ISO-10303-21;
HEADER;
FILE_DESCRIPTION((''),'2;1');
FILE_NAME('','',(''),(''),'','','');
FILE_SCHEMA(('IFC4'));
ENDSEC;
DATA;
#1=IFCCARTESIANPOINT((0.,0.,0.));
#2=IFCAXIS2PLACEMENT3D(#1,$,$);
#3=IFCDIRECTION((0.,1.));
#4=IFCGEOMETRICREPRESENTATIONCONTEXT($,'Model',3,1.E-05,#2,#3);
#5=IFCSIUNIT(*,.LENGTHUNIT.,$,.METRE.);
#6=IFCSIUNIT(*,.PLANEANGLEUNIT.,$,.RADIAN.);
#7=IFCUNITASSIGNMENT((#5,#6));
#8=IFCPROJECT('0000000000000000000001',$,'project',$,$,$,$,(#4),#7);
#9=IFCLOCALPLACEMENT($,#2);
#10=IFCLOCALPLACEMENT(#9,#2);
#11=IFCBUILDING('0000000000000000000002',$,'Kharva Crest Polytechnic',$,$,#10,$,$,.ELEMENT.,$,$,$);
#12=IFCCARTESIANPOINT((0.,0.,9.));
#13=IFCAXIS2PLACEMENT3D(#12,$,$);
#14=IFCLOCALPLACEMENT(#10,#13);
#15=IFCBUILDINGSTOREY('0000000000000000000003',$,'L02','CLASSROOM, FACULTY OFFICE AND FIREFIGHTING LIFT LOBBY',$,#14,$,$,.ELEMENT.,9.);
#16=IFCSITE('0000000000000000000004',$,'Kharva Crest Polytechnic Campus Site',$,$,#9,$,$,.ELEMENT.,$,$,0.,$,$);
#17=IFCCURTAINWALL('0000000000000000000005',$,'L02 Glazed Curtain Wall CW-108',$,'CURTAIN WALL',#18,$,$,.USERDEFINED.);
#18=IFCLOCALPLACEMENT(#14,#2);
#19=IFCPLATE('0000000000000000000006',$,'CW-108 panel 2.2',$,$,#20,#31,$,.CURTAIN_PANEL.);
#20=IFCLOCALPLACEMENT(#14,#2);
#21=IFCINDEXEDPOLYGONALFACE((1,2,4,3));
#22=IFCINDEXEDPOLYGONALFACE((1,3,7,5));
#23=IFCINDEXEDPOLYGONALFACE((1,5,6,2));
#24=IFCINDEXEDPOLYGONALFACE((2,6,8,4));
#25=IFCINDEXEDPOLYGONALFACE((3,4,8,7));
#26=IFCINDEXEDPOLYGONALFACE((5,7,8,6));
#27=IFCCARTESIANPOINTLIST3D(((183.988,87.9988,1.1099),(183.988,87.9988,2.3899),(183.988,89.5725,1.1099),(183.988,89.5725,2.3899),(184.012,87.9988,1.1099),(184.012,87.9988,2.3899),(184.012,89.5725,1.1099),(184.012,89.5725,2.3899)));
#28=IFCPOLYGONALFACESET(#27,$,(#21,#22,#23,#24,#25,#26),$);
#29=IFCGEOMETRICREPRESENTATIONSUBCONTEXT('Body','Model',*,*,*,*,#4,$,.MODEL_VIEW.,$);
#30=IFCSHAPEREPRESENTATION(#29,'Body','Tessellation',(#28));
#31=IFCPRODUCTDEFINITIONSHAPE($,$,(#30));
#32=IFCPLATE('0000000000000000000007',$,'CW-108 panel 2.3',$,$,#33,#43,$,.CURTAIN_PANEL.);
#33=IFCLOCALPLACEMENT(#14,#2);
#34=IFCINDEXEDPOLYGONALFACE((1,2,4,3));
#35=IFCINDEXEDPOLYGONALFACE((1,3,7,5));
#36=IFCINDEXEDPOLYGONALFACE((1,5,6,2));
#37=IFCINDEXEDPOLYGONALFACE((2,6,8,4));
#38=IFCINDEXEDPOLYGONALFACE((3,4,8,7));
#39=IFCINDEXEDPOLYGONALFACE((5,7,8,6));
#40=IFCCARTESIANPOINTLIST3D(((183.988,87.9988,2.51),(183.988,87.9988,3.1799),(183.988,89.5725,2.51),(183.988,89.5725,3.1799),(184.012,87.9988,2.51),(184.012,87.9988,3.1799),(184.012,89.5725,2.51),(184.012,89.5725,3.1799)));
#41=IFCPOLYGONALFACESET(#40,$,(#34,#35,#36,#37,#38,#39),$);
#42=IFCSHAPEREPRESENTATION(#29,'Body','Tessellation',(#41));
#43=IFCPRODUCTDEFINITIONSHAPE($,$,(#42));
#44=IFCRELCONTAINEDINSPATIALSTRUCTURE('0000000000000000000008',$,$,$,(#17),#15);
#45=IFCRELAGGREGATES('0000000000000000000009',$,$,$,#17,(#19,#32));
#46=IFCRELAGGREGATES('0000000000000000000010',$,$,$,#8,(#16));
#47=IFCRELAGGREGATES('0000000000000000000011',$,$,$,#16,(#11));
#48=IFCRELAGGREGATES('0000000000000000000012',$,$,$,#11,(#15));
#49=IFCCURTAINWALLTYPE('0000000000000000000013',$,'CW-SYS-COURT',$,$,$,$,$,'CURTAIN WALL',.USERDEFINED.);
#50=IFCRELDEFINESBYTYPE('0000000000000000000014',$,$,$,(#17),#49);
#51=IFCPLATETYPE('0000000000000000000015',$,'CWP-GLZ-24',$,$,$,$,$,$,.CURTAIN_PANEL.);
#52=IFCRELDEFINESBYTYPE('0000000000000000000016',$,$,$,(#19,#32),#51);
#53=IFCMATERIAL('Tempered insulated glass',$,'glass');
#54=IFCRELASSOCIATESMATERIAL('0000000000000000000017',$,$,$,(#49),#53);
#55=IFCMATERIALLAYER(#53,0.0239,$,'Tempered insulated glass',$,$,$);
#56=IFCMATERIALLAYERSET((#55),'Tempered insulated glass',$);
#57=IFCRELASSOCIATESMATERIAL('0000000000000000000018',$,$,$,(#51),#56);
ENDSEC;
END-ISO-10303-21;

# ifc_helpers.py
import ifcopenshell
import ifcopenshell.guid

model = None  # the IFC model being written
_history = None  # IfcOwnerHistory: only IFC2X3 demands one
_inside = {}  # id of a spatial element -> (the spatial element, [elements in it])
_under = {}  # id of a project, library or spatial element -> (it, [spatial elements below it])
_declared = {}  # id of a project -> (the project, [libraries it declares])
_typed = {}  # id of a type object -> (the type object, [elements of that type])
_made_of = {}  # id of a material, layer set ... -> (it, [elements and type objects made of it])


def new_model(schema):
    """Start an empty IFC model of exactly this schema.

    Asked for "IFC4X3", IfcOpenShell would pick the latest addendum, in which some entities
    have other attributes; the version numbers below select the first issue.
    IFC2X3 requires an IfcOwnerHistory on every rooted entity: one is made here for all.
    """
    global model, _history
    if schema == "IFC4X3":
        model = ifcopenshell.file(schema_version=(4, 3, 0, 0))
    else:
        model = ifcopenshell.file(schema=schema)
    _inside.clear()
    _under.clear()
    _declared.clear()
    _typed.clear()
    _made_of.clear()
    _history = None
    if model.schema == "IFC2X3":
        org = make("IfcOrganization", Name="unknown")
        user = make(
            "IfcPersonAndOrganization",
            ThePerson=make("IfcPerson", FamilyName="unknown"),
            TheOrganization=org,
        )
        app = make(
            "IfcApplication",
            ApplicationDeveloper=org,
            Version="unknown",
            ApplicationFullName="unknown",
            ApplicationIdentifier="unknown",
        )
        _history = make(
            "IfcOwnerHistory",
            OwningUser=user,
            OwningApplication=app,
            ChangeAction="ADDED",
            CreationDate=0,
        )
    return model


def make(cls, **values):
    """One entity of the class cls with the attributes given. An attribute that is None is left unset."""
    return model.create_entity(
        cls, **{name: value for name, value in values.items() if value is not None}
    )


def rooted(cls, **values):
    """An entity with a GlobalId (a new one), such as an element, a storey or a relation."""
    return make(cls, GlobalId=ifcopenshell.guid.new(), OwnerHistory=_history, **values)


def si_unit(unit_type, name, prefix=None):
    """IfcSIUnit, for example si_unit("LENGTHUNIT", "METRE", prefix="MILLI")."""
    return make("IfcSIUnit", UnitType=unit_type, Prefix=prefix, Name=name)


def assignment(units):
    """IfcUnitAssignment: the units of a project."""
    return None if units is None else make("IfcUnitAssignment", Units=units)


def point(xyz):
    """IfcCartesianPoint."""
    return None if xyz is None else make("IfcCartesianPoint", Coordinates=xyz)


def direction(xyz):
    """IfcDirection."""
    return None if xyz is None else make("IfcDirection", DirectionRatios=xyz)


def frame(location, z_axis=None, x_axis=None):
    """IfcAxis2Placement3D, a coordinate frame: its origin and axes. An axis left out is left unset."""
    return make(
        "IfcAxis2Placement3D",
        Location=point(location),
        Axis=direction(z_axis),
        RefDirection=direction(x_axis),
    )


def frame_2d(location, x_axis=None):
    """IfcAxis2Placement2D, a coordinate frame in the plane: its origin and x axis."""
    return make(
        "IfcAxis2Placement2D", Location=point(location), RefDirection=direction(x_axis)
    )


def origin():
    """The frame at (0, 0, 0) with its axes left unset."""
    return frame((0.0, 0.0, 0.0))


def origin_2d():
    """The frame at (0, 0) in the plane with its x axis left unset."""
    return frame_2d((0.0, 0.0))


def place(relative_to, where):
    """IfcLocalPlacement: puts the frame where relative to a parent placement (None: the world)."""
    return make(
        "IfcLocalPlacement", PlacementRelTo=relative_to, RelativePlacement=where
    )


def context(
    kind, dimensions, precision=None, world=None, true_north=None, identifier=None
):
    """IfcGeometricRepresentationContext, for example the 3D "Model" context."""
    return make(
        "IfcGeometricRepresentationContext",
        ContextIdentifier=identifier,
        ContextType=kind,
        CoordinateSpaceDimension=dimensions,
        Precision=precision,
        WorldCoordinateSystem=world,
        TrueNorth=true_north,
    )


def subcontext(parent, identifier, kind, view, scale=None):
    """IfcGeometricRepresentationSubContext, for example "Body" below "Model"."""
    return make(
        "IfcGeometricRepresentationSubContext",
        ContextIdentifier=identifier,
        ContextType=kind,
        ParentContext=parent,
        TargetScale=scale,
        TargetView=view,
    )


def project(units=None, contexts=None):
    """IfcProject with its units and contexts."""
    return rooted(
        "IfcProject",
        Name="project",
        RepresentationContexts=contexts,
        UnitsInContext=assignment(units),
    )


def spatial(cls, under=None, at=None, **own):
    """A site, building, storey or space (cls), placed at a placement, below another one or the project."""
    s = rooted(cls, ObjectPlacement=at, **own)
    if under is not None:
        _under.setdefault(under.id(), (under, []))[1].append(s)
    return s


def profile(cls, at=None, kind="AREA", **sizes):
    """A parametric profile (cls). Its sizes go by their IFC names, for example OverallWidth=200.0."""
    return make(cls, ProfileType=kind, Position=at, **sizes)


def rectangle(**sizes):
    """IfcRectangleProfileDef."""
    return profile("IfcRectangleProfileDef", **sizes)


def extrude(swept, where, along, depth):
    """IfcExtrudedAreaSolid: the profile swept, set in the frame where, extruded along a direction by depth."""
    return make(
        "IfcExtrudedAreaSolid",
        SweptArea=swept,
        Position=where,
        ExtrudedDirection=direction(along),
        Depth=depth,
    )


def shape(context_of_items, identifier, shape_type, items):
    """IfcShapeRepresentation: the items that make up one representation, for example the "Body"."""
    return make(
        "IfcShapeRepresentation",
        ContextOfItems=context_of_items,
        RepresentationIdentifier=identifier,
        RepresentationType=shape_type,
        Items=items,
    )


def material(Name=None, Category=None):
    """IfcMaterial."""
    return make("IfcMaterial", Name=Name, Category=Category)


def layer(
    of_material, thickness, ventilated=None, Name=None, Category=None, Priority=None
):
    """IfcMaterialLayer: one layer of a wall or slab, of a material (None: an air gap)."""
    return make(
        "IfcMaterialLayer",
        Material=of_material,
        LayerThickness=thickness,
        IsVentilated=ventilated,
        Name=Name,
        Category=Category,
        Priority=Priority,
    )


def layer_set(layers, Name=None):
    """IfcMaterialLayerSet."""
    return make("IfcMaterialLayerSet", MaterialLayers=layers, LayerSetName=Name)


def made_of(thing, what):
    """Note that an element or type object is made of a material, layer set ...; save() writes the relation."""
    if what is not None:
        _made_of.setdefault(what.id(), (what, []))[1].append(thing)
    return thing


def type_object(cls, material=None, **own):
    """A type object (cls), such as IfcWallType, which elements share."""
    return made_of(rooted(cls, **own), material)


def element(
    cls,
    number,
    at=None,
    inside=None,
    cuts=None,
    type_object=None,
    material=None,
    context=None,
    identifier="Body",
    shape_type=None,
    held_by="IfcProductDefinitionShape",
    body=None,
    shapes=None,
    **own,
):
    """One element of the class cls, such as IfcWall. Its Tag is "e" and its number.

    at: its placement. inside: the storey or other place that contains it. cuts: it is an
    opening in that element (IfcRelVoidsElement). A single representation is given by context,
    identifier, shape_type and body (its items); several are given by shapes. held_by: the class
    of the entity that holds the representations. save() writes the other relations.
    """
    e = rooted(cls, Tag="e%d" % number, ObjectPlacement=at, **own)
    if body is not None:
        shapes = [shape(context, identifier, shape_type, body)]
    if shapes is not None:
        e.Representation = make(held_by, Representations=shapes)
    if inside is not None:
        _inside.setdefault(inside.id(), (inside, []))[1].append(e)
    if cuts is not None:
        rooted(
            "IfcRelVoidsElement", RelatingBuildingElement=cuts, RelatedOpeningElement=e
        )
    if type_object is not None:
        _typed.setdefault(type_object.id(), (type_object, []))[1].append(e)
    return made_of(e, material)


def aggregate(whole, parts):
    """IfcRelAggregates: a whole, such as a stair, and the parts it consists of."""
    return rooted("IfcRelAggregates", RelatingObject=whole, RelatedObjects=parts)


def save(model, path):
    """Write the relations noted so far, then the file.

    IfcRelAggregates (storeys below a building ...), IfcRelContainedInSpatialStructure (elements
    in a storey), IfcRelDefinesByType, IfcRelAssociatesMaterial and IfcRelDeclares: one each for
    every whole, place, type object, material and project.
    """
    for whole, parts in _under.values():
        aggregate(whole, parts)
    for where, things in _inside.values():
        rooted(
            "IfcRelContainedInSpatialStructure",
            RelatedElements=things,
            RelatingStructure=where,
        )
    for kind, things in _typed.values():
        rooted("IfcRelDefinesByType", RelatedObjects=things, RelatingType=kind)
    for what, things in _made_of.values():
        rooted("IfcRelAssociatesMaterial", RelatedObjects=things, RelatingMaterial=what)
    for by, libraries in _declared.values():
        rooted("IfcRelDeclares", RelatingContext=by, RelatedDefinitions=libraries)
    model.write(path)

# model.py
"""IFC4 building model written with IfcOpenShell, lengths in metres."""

from ifc_helpers import new_model, si_unit, direction, frame, origin, origin_2d, place, context, subcontext, project, spatial, rectangle, extrude, material, layer, layer_set, type_object, element, aggregate, save


model = new_model("IFC4")

# Units and contexts
model_context = context("Model", 3, precision=1e-05, world=origin(), true_north=direction((0.0, 1.0)))
body_context = subcontext(model_context, "Body", "Model", "MODEL_VIEW")
ifc_project = project(units=[si_unit("LENGTHUNIT", "METRE"), si_unit("PLANEANGLEUNIT", "RADIAN")], contexts=[model_context])

# Site, building, storey
site_placement = place(None, origin())
site = spatial("IfcSite", under=ifc_project, at=site_placement, Name="Kharva Crest Polytechnic Campus Site", CompositionType="ELEMENT", RefElevation=0.0)
building_placement = place(site_placement, origin())
building = spatial("IfcBuilding", under=site, at=building_placement, Name="Kharva Crest Polytechnic", CompositionType="ELEMENT")
storey_placement = place(building_placement, frame((0.0, 0.0, 9.0)))
storey = spatial("IfcBuildingStorey", under=building, at=storey_placement, Name="L02", Description="CLASSROOM, FACULTY OFFICE AND FIREFIGHTING LIFT LOBBY", CompositionType="ELEMENT", Elevation=9.0)

# Curtain wall
ifc_material_1 = material(Name="Tempered insulated glass", Category="glass")
curtain_wall_type = type_object("IfcCurtainWallType", Name="CW-SYS-COURT", ElementType="CURTAIN WALL", PredefinedType="USERDEFINED", material=ifc_material_1)
curtain_wall_1_placement = place(storey_placement, origin())
curtain_wall_1 = element("IfcCurtainWall", 1, at=curtain_wall_1_placement, inside=storey, type_object=curtain_wall_type, Name="L02 Glazed Curtain Wall CW-108", ObjectType="CURTAIN WALL", PredefinedType="USERDEFINED")

# Plates
ifc_layer = layer(ifc_material_1, 0.0239, Name="Tempered insulated glass")
ifc_layer_set = layer_set([ifc_layer], Name="Tempered insulated glass")
plate_type = type_object("IfcPlateType", Name="CWP-GLZ-24", PredefinedType="CURTAIN_PANEL", material=ifc_layer_set)
plate_1_placement = place(storey_placement, frame((184.0, 88.7856, 1.1099), z_axis=(0.0, 0.0, 1.0), x_axis=(0.0, 1.0, 0.0)))
plate_1 = element("IfcPlate", 2, at=plate_1_placement, type_object=plate_type, Name="CW-108 panel 2.2", PredefinedType="CURTAIN_PANEL", context=body_context, shape_type="SweptSolid", body=[
    extrude(rectangle(XDim=1.5737, YDim=0.0239, at=origin_2d()), origin(), (0.0, 0.0, 1.0), 1.28),
])
plate_2_placement = place(storey_placement, frame((184.0, 88.7856, 2.51), z_axis=(0.0, 0.0, 1.0), x_axis=(0.0, 1.0, 0.0)))
plate_2 = element("IfcPlate", 3, at=plate_2_placement, type_object=plate_type, Name="CW-108 panel 2.3", PredefinedType="CURTAIN_PANEL", context=body_context, shape_type="SweptSolid", body=[
    extrude(rectangle(XDim=1.5737, YDim=0.0239, at=origin_2d()), origin(), (0.0, 0.0, 1.0), 0.6699),
])
aggregate(curtain_wall_1, [plate_1, plate_2])

save(model, "model.ifc")
